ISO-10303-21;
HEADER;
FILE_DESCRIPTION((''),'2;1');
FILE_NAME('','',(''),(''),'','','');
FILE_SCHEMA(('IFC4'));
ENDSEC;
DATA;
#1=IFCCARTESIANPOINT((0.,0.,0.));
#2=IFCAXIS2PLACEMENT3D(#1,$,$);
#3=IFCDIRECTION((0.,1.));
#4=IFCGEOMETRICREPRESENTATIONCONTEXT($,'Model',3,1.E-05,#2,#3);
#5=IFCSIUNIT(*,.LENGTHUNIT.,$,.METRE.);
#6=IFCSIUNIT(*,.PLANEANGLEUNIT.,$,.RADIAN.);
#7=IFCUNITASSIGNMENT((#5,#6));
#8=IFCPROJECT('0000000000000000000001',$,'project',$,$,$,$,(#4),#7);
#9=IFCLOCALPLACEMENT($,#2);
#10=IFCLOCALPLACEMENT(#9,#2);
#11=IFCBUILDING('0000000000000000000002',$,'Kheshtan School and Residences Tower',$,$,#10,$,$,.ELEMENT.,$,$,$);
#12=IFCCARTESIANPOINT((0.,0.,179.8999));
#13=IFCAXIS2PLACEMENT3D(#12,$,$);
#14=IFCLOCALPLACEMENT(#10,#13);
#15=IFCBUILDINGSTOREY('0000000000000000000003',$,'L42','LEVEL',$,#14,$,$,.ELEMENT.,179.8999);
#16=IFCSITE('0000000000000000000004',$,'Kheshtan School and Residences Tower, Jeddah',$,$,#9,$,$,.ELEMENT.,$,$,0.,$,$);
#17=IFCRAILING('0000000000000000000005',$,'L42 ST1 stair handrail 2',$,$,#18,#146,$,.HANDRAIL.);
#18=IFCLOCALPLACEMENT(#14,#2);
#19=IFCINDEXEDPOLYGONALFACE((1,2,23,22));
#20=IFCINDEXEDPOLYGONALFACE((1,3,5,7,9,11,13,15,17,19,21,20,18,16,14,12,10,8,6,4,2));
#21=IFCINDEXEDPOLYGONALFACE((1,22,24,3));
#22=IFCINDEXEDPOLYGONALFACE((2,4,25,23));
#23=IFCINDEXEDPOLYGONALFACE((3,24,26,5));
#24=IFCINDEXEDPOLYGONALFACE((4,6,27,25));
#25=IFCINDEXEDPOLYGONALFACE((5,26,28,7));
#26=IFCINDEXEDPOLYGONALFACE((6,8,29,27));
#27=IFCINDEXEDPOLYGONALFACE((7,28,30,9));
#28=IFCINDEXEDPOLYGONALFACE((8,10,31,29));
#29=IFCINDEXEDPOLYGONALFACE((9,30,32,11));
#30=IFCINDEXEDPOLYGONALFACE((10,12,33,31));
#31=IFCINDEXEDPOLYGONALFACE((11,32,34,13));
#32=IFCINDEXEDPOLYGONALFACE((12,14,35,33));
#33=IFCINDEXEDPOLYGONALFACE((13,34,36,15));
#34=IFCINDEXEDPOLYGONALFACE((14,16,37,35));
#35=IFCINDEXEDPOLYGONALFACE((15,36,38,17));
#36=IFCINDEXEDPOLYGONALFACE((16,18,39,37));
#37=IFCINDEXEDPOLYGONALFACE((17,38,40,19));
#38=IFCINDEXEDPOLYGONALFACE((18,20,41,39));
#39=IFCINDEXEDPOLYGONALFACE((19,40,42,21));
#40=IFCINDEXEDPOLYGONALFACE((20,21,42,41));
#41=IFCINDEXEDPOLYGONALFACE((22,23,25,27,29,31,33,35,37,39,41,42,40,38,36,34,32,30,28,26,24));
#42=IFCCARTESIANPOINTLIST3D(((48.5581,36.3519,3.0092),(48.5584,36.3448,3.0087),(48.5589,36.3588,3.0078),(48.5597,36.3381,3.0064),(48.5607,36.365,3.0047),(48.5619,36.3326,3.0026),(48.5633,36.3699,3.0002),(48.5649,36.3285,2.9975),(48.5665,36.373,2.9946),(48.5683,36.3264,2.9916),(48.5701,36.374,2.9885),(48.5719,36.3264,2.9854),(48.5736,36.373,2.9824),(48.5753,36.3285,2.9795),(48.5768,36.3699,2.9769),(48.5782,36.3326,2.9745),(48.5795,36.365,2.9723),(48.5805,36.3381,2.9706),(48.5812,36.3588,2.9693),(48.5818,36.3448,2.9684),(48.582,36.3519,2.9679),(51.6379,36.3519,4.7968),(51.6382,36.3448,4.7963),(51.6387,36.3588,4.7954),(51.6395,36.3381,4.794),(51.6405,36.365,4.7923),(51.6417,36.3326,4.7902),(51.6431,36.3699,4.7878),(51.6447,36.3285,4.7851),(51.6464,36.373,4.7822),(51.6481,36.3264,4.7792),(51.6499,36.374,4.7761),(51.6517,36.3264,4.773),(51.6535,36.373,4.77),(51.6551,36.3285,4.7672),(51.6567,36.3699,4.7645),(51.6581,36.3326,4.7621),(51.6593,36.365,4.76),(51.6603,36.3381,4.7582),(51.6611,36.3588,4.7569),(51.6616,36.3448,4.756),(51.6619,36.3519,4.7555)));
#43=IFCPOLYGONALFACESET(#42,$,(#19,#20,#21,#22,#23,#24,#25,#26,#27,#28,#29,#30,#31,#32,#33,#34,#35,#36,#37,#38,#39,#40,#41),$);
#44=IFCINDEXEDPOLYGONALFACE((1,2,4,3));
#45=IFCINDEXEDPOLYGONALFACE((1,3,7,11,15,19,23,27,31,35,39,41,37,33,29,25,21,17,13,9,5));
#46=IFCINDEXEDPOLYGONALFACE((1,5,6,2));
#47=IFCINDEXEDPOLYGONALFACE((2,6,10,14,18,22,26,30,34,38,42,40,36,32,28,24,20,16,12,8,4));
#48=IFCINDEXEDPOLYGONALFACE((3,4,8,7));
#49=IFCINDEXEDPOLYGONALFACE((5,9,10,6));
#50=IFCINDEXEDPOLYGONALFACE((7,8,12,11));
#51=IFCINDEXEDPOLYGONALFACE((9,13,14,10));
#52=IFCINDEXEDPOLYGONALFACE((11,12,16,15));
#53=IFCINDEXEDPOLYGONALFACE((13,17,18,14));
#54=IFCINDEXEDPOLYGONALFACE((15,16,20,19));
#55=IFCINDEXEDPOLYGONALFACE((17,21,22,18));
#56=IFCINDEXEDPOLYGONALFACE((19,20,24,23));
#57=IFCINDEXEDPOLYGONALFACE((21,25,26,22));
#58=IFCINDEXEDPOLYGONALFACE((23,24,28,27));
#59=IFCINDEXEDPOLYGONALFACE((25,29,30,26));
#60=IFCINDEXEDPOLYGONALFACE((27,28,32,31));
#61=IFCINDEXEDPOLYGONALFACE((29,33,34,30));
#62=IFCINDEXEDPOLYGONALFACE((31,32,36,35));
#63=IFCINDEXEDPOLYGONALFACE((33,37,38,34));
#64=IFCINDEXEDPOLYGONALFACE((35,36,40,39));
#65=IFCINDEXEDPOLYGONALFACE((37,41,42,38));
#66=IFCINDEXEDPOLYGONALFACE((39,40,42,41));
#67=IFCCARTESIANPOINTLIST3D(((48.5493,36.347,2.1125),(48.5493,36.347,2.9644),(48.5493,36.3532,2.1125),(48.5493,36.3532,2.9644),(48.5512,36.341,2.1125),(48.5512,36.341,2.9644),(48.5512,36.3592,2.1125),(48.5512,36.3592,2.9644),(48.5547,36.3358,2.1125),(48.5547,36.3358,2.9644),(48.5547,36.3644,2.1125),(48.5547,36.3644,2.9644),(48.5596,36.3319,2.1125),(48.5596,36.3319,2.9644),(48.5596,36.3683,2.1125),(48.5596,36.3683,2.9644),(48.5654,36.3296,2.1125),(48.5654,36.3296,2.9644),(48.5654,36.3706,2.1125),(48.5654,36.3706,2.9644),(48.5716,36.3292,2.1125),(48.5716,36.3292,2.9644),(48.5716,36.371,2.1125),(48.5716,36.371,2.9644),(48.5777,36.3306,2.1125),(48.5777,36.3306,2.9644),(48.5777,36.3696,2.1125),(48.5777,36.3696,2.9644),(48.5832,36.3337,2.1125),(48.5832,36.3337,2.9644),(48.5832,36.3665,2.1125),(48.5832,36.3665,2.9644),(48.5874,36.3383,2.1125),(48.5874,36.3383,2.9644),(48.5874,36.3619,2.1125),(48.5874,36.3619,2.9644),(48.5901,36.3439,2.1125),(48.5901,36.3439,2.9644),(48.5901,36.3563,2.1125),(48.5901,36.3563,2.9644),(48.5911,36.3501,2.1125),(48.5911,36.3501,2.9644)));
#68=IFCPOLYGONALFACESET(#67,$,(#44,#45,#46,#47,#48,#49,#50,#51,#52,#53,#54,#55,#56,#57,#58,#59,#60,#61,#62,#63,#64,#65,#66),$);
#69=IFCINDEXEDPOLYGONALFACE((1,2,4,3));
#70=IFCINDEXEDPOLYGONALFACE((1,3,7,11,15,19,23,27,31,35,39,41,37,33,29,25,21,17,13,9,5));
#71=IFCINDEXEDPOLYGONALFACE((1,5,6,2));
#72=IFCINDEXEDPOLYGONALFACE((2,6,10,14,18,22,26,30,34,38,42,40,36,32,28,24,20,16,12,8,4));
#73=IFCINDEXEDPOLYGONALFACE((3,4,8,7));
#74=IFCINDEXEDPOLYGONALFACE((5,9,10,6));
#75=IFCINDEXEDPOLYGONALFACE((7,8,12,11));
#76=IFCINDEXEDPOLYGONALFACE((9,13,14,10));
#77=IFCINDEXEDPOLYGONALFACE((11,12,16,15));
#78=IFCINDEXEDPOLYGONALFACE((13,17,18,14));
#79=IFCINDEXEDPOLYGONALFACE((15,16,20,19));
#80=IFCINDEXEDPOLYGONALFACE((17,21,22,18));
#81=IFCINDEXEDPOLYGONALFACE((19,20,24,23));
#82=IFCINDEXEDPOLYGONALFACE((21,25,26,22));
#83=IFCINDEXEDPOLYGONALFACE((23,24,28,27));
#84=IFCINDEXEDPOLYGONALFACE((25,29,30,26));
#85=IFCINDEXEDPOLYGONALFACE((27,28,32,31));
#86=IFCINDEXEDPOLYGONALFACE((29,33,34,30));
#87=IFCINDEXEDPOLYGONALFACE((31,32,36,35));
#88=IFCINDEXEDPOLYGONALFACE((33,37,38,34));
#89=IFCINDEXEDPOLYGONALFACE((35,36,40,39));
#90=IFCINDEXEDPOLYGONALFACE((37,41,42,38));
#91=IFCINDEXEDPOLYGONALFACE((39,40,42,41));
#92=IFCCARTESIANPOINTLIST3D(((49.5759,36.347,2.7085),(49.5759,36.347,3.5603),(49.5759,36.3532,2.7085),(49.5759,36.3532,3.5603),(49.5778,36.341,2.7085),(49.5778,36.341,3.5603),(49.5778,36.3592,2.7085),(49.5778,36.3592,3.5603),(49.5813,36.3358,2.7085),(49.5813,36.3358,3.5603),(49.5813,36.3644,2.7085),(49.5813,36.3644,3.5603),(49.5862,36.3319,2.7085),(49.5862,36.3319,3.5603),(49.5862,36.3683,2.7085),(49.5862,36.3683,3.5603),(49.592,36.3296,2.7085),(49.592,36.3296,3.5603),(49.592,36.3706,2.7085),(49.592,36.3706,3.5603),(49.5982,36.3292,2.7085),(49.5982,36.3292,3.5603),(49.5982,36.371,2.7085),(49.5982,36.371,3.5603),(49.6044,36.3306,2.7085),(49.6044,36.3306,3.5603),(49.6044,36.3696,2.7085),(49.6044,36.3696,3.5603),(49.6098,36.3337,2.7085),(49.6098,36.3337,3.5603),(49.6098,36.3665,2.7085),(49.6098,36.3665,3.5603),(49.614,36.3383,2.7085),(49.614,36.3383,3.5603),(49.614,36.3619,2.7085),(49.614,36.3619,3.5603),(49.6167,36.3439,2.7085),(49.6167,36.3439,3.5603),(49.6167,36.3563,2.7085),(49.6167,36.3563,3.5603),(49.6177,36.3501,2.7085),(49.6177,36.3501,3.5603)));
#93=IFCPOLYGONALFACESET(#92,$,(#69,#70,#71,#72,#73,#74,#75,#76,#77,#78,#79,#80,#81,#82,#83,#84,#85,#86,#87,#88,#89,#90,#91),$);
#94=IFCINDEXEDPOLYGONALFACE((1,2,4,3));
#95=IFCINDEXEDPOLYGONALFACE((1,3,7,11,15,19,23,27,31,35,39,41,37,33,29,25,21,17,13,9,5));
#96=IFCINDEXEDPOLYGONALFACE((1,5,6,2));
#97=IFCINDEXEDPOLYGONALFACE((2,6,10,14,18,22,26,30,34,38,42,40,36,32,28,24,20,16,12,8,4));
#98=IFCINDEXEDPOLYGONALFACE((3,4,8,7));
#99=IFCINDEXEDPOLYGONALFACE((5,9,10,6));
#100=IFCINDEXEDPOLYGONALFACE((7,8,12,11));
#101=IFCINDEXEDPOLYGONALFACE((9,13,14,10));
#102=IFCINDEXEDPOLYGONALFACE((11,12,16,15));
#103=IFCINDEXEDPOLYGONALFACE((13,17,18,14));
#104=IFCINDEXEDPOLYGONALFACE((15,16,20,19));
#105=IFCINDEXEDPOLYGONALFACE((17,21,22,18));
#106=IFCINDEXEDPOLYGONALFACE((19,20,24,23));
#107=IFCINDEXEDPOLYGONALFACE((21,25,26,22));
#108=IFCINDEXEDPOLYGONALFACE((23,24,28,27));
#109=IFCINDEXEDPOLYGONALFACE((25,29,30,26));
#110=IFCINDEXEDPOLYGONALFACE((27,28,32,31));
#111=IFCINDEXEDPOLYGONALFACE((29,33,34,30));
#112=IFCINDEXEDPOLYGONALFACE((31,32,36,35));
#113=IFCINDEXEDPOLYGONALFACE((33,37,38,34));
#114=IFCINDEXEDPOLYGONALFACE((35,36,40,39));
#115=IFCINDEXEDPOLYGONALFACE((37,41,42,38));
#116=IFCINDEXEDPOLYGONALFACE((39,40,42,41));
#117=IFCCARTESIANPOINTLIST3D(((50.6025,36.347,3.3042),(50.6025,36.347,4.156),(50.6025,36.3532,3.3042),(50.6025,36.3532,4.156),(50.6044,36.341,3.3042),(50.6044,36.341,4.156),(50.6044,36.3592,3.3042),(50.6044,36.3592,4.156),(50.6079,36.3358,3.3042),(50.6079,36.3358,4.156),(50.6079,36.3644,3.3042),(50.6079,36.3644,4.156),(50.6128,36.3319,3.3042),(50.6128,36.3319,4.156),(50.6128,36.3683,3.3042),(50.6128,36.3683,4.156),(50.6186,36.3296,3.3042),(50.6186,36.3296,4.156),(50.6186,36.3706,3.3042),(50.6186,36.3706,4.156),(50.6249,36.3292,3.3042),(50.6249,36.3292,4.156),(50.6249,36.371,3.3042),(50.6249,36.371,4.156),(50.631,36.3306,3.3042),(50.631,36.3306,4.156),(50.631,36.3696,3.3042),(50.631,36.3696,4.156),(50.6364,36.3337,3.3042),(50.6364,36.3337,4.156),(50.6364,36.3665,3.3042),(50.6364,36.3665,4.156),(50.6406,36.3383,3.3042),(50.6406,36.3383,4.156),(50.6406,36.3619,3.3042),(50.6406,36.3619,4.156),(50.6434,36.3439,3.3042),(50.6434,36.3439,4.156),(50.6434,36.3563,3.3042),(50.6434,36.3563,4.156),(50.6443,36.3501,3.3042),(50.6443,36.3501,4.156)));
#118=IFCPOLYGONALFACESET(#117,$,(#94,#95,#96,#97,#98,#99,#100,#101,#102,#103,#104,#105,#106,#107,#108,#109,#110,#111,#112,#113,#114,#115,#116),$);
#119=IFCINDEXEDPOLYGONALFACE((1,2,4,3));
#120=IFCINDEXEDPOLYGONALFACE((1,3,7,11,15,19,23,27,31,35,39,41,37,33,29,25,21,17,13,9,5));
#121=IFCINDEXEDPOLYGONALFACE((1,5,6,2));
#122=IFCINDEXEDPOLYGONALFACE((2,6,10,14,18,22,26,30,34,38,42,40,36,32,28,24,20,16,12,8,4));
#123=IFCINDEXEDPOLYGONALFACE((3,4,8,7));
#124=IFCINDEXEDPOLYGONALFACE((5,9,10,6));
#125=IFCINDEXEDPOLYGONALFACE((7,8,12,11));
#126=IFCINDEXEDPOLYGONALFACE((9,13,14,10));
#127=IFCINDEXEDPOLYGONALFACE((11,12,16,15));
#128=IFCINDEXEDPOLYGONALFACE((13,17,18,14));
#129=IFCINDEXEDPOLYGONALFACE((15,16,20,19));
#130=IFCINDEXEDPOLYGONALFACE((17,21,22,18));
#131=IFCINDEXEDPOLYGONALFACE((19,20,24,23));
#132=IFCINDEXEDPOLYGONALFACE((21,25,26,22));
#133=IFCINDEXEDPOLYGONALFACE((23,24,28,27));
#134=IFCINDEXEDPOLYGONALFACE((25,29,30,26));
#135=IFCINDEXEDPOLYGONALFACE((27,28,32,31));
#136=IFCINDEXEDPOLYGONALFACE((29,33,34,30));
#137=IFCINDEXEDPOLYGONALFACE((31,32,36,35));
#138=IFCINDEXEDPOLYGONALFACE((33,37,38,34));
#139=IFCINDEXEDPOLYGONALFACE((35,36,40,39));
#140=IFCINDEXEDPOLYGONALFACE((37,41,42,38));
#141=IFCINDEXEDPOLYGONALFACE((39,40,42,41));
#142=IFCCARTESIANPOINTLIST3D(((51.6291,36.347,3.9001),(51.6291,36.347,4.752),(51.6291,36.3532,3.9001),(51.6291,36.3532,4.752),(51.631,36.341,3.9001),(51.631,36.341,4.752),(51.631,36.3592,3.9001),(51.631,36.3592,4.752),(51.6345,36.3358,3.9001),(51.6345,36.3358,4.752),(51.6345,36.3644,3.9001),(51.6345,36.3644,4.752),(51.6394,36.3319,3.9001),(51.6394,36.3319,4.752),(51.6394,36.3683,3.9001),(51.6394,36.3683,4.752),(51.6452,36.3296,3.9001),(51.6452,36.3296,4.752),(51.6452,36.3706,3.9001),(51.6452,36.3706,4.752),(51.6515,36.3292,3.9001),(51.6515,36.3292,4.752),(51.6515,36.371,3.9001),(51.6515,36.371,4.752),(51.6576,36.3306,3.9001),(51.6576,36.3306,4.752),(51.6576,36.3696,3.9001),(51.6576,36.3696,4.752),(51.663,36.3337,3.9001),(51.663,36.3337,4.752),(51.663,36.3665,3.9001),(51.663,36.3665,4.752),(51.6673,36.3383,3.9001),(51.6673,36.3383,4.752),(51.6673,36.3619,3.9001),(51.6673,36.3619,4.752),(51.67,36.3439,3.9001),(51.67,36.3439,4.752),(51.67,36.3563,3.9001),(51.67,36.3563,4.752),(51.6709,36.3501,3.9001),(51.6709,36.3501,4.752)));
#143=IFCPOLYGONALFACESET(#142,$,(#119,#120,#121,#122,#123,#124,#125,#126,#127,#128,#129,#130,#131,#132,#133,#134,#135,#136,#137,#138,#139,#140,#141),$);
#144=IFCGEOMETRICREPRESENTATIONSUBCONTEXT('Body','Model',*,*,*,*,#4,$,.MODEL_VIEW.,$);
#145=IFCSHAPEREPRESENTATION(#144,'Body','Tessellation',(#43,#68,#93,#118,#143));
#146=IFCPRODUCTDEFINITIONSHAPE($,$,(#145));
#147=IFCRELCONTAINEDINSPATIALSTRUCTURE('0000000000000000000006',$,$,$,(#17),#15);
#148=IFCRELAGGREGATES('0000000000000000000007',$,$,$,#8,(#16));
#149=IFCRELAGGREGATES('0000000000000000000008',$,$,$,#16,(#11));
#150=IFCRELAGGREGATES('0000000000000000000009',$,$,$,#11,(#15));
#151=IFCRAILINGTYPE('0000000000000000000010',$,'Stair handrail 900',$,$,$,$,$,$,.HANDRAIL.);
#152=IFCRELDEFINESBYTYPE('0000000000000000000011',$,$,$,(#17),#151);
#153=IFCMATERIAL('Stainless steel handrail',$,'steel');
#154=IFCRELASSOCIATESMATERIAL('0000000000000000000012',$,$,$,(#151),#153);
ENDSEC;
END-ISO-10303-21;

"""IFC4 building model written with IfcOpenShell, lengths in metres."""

from ifc_helpers import new_model, si_unit, direction, frame, origin, origin_2d, place, context, subcontext, project, spatial, circle, extrude, material, type_object, element, save


model = new_model("IFC4")

# Units and contexts
model_context = context("Model", 3, precision=1e-05, world=origin(), true_north=direction((0.0, 1.0)))
body_context = subcontext(model_context, "Body", "Model", "MODEL_VIEW")
ifc_project = project(units=[si_unit("LENGTHUNIT", "METRE"), si_unit("PLANEANGLEUNIT", "RADIAN")], contexts=[model_context])

# Site, building, storey
site_placement = place(None, origin())
site = spatial("IfcSite", under=ifc_project, at=site_placement, Name="Kheshtan School and Residences Tower, Jeddah", CompositionType="ELEMENT", RefElevation=0.0)
building_placement = place(site_placement, origin())
building = spatial("IfcBuilding", under=site, at=building_placement, Name="Kheshtan School and Residences Tower", CompositionType="ELEMENT")
storey_placement = place(building_placement, frame((0.0, 0.0, 179.8999)))
storey = spatial("IfcBuildingStorey", under=building, at=storey_placement, Name="L42", Description="LEVEL", CompositionType="ELEMENT", Elevation=179.8999)

# Railing
ifc_material_1 = material(Name="Stainless steel handrail", Category="steel")
railing_type_1 = type_object("IfcRailingType", Name="Stair handrail 900", PredefinedType="HANDRAIL", material=ifc_material_1)
railing_1_placement = place(storey_placement, frame((48.5701, 36.3501, 2.1125)))
element("IfcRailing", 1, at=railing_1_placement, inside=storey, type_object=railing_type_1, Name="L42 ST1 stair handrail 2", PredefinedType="HANDRAIL", context=body_context, shape_type="SweptSolid", body=[
    extrude(circle(Radius=0.0239, at=origin_2d()), frame((0.0, 0.0, 0.876), z_axis=(0.864873, 0.0, 0.50199), x_axis=(0.0, 1.0, 0.0)), (0.0, 0.0, 1.0), 3.561),
    extrude(circle(Radius=0.021, at=origin_2d()), origin(), (0.0, 0.0, 1.0), 0.8518),
    extrude(circle(Radius=0.021, at=origin_2d()), frame((1.0266, 0.0, 0.5959)), (0.0, 0.0, 1.0), 0.8518),
    extrude(circle(Radius=0.021, at=origin_2d()), frame((2.0532, 0.0, 1.1917)), (0.0, 0.0, 1.0), 0.8518),
    extrude(circle(Radius=0.021, at=origin_2d()), frame((3.0798, 0.0, 1.7876)), (0.0, 0.0, 1.0), 0.8518),
])

save(model, "model.ifc")
